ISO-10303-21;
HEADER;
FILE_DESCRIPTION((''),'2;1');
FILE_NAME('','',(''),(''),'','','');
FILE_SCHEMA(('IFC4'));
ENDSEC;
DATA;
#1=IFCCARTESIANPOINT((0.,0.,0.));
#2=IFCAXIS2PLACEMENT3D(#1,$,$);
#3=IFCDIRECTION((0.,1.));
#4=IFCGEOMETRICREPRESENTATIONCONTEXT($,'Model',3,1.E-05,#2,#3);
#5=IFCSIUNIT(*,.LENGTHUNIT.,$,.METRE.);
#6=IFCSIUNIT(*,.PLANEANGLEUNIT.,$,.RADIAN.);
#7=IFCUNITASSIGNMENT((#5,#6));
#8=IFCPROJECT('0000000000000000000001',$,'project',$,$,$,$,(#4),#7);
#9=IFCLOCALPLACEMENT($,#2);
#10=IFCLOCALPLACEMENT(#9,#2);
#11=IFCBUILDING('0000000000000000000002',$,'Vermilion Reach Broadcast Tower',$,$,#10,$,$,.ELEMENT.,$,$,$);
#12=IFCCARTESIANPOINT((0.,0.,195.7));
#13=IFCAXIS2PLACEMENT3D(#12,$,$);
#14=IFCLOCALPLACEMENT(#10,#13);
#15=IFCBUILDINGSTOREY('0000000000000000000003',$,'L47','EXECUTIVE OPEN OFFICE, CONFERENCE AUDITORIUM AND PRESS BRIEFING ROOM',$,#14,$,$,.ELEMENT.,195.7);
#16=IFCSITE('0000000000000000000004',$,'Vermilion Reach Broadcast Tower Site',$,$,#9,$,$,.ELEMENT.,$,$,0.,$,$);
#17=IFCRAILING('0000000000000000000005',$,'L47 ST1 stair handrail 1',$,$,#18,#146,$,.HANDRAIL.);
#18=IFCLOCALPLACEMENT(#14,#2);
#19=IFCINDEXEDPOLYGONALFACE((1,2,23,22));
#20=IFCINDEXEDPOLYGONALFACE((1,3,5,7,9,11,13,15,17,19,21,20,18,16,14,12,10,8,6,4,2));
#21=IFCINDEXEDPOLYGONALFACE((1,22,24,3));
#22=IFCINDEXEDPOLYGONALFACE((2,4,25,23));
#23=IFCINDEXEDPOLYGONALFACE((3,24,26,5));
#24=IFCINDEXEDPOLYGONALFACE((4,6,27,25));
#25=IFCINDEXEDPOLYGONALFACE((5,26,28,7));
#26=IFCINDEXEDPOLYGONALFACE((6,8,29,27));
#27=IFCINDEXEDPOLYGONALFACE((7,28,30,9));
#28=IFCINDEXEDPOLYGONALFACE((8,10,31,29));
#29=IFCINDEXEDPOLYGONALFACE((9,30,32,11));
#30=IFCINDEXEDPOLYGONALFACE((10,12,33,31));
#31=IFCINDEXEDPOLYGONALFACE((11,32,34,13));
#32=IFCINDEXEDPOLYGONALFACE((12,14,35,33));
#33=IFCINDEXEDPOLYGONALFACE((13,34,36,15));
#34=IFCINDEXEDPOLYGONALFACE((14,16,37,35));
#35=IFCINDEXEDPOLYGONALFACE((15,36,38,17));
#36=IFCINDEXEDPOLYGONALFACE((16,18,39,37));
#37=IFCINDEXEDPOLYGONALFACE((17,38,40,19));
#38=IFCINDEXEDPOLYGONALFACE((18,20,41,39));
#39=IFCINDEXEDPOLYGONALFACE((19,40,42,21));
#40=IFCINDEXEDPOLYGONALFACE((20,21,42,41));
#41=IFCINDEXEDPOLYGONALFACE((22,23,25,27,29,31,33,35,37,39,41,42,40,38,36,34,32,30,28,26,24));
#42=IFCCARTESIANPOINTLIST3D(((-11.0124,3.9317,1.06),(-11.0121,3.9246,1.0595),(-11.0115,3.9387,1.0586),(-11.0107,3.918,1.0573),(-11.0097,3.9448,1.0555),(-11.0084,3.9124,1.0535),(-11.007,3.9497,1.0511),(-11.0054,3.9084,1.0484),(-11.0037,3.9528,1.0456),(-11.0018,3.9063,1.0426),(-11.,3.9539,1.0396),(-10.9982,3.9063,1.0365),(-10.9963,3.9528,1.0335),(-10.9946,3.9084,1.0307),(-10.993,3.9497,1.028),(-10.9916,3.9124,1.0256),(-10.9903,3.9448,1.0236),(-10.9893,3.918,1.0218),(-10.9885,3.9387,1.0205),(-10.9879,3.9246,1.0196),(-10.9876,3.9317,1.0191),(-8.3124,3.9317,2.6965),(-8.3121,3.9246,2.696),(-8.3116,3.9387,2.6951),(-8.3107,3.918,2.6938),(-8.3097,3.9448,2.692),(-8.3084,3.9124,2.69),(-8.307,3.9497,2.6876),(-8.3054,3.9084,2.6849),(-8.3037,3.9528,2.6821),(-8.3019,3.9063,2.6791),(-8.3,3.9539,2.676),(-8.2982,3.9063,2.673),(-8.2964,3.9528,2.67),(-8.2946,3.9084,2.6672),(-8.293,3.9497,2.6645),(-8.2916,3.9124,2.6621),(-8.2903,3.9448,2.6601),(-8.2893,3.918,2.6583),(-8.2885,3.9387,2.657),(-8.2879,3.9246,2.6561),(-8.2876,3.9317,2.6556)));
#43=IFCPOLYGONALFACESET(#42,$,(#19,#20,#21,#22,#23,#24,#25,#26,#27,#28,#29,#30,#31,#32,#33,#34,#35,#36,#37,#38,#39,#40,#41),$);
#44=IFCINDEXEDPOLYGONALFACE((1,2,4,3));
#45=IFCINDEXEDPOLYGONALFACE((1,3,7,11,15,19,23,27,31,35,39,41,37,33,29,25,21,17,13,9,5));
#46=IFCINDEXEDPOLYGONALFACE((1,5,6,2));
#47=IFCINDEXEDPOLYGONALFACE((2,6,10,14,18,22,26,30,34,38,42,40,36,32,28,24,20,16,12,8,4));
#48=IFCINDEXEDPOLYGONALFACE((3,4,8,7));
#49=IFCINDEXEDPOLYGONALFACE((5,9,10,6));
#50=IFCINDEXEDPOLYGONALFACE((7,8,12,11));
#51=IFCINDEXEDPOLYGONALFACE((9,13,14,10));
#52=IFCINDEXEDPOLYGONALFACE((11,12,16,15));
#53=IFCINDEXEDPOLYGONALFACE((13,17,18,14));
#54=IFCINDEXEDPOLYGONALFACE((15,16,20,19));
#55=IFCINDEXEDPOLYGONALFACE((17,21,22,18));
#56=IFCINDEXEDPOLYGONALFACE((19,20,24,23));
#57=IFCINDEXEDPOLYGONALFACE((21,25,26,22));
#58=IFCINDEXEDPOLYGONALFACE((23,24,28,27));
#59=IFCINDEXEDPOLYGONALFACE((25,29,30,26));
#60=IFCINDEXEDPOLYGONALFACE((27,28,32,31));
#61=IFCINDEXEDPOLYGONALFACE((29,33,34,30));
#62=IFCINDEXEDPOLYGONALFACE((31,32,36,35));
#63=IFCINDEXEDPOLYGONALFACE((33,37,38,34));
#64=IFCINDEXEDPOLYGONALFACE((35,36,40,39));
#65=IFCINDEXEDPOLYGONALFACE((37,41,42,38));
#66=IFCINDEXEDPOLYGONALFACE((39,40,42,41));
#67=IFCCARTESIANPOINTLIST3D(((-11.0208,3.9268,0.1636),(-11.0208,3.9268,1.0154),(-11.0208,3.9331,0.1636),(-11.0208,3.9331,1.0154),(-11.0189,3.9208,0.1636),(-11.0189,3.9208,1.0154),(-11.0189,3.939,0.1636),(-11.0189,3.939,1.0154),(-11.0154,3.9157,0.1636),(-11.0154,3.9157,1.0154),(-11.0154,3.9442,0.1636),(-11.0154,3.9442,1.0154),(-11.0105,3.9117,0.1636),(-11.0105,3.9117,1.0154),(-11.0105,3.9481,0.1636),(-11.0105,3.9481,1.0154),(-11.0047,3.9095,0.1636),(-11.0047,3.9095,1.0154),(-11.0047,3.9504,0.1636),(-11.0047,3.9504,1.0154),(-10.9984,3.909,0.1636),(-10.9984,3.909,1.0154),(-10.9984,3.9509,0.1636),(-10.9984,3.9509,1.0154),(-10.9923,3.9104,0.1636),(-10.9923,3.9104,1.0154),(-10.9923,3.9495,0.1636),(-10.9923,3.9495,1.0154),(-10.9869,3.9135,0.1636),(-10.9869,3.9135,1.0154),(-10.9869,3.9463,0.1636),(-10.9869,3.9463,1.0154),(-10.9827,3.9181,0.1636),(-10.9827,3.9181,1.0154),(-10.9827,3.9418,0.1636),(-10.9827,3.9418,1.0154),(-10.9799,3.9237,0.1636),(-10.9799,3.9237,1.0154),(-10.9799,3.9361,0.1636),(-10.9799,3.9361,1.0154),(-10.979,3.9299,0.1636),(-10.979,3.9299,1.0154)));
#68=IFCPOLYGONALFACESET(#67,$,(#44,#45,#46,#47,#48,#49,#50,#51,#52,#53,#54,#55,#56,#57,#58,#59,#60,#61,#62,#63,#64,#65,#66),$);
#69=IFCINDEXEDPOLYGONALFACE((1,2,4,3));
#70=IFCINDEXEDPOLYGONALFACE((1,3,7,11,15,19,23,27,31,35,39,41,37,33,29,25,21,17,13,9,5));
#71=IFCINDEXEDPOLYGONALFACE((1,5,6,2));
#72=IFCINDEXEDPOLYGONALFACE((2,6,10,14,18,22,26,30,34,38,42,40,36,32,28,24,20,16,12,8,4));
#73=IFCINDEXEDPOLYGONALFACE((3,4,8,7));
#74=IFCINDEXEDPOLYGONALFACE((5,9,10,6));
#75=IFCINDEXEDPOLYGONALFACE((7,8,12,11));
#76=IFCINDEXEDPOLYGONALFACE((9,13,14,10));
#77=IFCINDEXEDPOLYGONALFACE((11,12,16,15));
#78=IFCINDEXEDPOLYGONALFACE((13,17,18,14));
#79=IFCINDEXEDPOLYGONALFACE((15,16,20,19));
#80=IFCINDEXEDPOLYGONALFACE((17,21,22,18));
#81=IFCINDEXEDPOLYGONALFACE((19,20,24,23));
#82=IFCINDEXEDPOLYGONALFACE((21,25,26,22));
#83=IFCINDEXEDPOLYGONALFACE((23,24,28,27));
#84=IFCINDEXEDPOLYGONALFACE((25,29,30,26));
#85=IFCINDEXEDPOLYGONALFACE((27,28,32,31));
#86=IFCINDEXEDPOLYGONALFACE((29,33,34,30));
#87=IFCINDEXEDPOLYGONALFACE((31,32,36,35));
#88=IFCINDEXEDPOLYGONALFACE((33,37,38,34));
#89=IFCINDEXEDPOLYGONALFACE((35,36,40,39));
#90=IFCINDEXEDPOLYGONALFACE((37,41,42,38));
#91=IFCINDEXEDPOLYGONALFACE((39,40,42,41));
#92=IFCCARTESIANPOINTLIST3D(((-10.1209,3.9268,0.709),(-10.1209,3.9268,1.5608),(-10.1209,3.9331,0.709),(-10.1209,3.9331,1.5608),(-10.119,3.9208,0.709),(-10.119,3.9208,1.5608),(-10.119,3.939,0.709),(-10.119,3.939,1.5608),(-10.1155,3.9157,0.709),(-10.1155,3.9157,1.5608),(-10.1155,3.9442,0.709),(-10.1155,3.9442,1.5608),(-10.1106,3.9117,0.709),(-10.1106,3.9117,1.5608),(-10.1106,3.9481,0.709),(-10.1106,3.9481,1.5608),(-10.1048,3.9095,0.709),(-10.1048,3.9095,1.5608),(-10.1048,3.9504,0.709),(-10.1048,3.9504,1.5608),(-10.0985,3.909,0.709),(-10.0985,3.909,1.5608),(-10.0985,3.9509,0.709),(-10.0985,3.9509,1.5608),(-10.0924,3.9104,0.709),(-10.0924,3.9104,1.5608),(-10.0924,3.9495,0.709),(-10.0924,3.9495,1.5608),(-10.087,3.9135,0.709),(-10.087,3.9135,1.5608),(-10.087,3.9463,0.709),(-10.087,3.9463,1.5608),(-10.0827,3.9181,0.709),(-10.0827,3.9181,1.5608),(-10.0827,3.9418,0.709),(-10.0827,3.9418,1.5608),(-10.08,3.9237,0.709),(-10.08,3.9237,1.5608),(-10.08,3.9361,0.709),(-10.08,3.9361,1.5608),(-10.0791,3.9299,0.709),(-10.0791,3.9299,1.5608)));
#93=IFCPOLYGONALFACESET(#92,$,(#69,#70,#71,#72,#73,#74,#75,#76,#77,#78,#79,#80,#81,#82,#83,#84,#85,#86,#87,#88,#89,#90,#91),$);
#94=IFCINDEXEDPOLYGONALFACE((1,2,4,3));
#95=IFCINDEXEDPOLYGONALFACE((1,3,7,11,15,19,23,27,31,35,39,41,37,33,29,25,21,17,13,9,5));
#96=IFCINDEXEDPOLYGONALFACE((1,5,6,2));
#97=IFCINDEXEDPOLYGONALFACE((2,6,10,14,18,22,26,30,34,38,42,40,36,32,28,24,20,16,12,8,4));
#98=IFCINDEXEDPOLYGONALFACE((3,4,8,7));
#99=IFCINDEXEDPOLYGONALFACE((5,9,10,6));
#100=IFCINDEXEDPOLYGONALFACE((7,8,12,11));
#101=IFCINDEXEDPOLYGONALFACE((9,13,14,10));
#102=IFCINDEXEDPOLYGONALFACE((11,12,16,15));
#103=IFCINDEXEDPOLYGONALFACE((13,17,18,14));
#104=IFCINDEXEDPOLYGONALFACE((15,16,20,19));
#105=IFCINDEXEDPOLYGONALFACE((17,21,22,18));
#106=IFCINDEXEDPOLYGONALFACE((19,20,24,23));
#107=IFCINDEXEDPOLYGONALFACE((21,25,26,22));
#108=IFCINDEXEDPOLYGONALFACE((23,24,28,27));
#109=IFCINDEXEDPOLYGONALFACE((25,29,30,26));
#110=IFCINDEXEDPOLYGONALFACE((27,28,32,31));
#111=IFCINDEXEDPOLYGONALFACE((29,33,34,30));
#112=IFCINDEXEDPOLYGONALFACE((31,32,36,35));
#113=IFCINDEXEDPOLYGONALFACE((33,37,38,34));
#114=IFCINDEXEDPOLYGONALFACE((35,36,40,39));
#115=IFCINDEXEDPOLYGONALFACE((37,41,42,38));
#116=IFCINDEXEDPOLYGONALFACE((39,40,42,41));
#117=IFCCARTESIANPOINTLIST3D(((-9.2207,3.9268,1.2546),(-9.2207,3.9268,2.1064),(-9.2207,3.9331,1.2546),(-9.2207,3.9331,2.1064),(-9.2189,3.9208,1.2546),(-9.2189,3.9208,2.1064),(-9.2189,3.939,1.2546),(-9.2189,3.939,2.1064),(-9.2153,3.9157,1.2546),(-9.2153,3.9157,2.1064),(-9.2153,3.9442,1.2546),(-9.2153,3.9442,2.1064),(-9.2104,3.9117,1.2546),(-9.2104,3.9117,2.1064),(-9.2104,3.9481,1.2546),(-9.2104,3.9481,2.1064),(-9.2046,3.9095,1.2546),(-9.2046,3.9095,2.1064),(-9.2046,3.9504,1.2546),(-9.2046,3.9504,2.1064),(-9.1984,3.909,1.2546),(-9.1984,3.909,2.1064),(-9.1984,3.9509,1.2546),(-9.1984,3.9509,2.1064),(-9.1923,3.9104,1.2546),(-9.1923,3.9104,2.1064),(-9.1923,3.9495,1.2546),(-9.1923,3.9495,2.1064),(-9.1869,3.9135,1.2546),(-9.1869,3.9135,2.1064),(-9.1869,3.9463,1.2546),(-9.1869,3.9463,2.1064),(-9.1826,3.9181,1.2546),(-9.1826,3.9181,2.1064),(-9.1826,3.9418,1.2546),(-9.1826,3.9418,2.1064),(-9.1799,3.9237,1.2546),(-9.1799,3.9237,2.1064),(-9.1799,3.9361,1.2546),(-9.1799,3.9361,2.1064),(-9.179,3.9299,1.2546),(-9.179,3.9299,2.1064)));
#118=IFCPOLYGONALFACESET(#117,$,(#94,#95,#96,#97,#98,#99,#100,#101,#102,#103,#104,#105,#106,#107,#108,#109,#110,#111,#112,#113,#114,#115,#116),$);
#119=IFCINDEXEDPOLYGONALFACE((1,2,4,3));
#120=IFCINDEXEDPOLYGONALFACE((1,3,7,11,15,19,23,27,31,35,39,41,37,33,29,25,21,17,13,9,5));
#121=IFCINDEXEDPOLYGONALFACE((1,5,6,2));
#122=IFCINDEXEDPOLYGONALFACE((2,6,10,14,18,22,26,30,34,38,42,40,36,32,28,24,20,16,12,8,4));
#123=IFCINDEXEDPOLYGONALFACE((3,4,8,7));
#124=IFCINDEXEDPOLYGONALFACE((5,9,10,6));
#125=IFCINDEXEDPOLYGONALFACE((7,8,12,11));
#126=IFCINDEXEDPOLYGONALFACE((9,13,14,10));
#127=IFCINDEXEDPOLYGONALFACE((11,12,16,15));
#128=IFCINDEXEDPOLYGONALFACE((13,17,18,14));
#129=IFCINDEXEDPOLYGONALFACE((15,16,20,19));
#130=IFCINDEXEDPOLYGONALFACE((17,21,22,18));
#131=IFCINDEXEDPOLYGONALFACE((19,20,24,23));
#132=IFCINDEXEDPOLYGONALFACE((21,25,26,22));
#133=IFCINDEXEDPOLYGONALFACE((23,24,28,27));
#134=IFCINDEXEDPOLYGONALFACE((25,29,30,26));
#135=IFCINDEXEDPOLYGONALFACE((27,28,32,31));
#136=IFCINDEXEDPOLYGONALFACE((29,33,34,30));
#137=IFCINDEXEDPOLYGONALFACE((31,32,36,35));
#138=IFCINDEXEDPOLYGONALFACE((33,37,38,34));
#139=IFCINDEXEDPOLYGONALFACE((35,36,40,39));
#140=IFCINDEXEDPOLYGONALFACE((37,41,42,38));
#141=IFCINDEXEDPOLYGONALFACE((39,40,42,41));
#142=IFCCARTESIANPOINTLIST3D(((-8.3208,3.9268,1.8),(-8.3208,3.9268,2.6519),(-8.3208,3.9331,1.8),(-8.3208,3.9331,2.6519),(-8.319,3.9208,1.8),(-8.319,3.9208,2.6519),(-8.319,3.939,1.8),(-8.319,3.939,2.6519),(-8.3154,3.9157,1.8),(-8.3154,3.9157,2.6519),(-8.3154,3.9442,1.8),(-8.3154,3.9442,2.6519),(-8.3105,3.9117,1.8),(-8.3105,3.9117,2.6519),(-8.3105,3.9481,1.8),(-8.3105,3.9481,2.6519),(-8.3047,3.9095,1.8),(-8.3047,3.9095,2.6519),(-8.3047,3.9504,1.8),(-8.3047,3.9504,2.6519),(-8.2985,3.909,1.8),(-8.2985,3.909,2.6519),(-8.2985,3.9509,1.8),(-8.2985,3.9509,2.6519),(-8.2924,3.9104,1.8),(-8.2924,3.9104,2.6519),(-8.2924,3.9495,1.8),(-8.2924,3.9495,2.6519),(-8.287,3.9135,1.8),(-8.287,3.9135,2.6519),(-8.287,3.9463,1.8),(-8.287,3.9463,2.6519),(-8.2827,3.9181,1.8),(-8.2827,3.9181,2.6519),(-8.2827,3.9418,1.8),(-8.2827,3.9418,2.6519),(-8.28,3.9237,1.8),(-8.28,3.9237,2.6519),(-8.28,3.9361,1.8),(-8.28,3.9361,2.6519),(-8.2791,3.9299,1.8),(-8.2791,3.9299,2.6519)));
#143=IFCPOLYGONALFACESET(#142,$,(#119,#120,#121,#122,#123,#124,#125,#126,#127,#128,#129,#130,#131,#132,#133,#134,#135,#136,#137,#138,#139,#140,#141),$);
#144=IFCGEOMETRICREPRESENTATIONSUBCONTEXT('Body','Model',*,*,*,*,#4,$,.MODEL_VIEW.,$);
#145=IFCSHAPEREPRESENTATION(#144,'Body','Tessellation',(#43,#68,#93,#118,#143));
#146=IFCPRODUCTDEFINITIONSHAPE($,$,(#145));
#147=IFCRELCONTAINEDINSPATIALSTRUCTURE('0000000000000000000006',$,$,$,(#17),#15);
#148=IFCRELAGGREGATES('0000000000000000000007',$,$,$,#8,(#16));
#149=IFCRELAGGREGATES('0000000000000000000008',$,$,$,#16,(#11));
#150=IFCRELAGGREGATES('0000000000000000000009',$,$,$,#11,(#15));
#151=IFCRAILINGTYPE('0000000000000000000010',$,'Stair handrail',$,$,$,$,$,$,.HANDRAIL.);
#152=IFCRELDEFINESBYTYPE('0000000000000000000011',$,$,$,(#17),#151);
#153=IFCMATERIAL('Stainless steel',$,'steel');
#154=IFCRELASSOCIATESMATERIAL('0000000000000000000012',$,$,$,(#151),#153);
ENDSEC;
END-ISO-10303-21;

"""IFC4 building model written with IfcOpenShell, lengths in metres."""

from ifc_helpers import new_model, si_unit, direction, frame, origin, origin_2d, place, context, subcontext, project, spatial, circle, extrude, material, type_object, element, save


model = new_model("IFC4")

# Units and contexts
model_context = context("Model", 3, precision=1e-05, world=origin(), true_north=direction((0.0, 1.0)))
body_context = subcontext(model_context, "Body", "Model", "MODEL_VIEW")
ifc_project = project(units=[si_unit("LENGTHUNIT", "METRE"), si_unit("PLANEANGLEUNIT", "RADIAN")], contexts=[model_context])

# Site, building, storey
site_placement = place(None, origin())
site = spatial("IfcSite", under=ifc_project, at=site_placement, Name="Vermilion Reach Broadcast Tower Site", CompositionType="ELEMENT", RefElevation=0.0)
building_placement = place(site_placement, origin())
building = spatial("IfcBuilding", under=site, at=building_placement, Name="Vermilion Reach Broadcast Tower", CompositionType="ELEMENT")
storey_placement = place(building_placement, frame((0.0, 0.0, 195.7)))
storey = spatial("IfcBuildingStorey", under=building, at=storey_placement, Name="L47", Description="EXECUTIVE OPEN OFFICE, CONFERENCE AUDITORIUM AND PRESS BRIEFING ROOM", CompositionType="ELEMENT", Elevation=195.7)

# Railing
ifc_material_1 = material(Name="Stainless steel", Category="steel")
railing_type_1 = type_object("IfcRailingType", Name="Stair handrail", PredefinedType="HANDRAIL", material=ifc_material_1)
railing_1_placement = place(storey_placement, frame((-11.0, 3.9299, 0.1636)))
element("IfcRailing", 1, at=railing_1_placement, inside=storey, type_object=railing_type_1, Name="L47 ST1 stair handrail 1", PredefinedType="HANDRAIL", context=body_context, shape_type="SweptSolid", body=[
    extrude(circle(Radius=0.0239, at=origin_2d()), frame((0.0, 0.0, 0.876), z_axis=(0.855178, 0.0, 0.518334), x_axis=(0.0, 1.0, 0.0)), (0.0, 0.0, 1.0), 3.1572),
    extrude(circle(Radius=0.021, at=origin_2d()), origin(), (0.0, 0.0, 1.0), 0.8518),
    extrude(circle(Radius=0.021, at=origin_2d()), frame((0.8999, 0.0, 0.5454)), (0.0, 0.0, 1.0), 0.8518),
    extrude(circle(Radius=0.021, at=origin_2d()), frame((1.8, 0.0, 1.0911)), (0.0, 0.0, 1.0), 0.8518),
    extrude(circle(Radius=0.021, at=origin_2d()), frame((2.7, 0.0, 1.6365)), (0.0, 0.0, 1.0), 0.8518),
])

save(model, "model.ifc")
